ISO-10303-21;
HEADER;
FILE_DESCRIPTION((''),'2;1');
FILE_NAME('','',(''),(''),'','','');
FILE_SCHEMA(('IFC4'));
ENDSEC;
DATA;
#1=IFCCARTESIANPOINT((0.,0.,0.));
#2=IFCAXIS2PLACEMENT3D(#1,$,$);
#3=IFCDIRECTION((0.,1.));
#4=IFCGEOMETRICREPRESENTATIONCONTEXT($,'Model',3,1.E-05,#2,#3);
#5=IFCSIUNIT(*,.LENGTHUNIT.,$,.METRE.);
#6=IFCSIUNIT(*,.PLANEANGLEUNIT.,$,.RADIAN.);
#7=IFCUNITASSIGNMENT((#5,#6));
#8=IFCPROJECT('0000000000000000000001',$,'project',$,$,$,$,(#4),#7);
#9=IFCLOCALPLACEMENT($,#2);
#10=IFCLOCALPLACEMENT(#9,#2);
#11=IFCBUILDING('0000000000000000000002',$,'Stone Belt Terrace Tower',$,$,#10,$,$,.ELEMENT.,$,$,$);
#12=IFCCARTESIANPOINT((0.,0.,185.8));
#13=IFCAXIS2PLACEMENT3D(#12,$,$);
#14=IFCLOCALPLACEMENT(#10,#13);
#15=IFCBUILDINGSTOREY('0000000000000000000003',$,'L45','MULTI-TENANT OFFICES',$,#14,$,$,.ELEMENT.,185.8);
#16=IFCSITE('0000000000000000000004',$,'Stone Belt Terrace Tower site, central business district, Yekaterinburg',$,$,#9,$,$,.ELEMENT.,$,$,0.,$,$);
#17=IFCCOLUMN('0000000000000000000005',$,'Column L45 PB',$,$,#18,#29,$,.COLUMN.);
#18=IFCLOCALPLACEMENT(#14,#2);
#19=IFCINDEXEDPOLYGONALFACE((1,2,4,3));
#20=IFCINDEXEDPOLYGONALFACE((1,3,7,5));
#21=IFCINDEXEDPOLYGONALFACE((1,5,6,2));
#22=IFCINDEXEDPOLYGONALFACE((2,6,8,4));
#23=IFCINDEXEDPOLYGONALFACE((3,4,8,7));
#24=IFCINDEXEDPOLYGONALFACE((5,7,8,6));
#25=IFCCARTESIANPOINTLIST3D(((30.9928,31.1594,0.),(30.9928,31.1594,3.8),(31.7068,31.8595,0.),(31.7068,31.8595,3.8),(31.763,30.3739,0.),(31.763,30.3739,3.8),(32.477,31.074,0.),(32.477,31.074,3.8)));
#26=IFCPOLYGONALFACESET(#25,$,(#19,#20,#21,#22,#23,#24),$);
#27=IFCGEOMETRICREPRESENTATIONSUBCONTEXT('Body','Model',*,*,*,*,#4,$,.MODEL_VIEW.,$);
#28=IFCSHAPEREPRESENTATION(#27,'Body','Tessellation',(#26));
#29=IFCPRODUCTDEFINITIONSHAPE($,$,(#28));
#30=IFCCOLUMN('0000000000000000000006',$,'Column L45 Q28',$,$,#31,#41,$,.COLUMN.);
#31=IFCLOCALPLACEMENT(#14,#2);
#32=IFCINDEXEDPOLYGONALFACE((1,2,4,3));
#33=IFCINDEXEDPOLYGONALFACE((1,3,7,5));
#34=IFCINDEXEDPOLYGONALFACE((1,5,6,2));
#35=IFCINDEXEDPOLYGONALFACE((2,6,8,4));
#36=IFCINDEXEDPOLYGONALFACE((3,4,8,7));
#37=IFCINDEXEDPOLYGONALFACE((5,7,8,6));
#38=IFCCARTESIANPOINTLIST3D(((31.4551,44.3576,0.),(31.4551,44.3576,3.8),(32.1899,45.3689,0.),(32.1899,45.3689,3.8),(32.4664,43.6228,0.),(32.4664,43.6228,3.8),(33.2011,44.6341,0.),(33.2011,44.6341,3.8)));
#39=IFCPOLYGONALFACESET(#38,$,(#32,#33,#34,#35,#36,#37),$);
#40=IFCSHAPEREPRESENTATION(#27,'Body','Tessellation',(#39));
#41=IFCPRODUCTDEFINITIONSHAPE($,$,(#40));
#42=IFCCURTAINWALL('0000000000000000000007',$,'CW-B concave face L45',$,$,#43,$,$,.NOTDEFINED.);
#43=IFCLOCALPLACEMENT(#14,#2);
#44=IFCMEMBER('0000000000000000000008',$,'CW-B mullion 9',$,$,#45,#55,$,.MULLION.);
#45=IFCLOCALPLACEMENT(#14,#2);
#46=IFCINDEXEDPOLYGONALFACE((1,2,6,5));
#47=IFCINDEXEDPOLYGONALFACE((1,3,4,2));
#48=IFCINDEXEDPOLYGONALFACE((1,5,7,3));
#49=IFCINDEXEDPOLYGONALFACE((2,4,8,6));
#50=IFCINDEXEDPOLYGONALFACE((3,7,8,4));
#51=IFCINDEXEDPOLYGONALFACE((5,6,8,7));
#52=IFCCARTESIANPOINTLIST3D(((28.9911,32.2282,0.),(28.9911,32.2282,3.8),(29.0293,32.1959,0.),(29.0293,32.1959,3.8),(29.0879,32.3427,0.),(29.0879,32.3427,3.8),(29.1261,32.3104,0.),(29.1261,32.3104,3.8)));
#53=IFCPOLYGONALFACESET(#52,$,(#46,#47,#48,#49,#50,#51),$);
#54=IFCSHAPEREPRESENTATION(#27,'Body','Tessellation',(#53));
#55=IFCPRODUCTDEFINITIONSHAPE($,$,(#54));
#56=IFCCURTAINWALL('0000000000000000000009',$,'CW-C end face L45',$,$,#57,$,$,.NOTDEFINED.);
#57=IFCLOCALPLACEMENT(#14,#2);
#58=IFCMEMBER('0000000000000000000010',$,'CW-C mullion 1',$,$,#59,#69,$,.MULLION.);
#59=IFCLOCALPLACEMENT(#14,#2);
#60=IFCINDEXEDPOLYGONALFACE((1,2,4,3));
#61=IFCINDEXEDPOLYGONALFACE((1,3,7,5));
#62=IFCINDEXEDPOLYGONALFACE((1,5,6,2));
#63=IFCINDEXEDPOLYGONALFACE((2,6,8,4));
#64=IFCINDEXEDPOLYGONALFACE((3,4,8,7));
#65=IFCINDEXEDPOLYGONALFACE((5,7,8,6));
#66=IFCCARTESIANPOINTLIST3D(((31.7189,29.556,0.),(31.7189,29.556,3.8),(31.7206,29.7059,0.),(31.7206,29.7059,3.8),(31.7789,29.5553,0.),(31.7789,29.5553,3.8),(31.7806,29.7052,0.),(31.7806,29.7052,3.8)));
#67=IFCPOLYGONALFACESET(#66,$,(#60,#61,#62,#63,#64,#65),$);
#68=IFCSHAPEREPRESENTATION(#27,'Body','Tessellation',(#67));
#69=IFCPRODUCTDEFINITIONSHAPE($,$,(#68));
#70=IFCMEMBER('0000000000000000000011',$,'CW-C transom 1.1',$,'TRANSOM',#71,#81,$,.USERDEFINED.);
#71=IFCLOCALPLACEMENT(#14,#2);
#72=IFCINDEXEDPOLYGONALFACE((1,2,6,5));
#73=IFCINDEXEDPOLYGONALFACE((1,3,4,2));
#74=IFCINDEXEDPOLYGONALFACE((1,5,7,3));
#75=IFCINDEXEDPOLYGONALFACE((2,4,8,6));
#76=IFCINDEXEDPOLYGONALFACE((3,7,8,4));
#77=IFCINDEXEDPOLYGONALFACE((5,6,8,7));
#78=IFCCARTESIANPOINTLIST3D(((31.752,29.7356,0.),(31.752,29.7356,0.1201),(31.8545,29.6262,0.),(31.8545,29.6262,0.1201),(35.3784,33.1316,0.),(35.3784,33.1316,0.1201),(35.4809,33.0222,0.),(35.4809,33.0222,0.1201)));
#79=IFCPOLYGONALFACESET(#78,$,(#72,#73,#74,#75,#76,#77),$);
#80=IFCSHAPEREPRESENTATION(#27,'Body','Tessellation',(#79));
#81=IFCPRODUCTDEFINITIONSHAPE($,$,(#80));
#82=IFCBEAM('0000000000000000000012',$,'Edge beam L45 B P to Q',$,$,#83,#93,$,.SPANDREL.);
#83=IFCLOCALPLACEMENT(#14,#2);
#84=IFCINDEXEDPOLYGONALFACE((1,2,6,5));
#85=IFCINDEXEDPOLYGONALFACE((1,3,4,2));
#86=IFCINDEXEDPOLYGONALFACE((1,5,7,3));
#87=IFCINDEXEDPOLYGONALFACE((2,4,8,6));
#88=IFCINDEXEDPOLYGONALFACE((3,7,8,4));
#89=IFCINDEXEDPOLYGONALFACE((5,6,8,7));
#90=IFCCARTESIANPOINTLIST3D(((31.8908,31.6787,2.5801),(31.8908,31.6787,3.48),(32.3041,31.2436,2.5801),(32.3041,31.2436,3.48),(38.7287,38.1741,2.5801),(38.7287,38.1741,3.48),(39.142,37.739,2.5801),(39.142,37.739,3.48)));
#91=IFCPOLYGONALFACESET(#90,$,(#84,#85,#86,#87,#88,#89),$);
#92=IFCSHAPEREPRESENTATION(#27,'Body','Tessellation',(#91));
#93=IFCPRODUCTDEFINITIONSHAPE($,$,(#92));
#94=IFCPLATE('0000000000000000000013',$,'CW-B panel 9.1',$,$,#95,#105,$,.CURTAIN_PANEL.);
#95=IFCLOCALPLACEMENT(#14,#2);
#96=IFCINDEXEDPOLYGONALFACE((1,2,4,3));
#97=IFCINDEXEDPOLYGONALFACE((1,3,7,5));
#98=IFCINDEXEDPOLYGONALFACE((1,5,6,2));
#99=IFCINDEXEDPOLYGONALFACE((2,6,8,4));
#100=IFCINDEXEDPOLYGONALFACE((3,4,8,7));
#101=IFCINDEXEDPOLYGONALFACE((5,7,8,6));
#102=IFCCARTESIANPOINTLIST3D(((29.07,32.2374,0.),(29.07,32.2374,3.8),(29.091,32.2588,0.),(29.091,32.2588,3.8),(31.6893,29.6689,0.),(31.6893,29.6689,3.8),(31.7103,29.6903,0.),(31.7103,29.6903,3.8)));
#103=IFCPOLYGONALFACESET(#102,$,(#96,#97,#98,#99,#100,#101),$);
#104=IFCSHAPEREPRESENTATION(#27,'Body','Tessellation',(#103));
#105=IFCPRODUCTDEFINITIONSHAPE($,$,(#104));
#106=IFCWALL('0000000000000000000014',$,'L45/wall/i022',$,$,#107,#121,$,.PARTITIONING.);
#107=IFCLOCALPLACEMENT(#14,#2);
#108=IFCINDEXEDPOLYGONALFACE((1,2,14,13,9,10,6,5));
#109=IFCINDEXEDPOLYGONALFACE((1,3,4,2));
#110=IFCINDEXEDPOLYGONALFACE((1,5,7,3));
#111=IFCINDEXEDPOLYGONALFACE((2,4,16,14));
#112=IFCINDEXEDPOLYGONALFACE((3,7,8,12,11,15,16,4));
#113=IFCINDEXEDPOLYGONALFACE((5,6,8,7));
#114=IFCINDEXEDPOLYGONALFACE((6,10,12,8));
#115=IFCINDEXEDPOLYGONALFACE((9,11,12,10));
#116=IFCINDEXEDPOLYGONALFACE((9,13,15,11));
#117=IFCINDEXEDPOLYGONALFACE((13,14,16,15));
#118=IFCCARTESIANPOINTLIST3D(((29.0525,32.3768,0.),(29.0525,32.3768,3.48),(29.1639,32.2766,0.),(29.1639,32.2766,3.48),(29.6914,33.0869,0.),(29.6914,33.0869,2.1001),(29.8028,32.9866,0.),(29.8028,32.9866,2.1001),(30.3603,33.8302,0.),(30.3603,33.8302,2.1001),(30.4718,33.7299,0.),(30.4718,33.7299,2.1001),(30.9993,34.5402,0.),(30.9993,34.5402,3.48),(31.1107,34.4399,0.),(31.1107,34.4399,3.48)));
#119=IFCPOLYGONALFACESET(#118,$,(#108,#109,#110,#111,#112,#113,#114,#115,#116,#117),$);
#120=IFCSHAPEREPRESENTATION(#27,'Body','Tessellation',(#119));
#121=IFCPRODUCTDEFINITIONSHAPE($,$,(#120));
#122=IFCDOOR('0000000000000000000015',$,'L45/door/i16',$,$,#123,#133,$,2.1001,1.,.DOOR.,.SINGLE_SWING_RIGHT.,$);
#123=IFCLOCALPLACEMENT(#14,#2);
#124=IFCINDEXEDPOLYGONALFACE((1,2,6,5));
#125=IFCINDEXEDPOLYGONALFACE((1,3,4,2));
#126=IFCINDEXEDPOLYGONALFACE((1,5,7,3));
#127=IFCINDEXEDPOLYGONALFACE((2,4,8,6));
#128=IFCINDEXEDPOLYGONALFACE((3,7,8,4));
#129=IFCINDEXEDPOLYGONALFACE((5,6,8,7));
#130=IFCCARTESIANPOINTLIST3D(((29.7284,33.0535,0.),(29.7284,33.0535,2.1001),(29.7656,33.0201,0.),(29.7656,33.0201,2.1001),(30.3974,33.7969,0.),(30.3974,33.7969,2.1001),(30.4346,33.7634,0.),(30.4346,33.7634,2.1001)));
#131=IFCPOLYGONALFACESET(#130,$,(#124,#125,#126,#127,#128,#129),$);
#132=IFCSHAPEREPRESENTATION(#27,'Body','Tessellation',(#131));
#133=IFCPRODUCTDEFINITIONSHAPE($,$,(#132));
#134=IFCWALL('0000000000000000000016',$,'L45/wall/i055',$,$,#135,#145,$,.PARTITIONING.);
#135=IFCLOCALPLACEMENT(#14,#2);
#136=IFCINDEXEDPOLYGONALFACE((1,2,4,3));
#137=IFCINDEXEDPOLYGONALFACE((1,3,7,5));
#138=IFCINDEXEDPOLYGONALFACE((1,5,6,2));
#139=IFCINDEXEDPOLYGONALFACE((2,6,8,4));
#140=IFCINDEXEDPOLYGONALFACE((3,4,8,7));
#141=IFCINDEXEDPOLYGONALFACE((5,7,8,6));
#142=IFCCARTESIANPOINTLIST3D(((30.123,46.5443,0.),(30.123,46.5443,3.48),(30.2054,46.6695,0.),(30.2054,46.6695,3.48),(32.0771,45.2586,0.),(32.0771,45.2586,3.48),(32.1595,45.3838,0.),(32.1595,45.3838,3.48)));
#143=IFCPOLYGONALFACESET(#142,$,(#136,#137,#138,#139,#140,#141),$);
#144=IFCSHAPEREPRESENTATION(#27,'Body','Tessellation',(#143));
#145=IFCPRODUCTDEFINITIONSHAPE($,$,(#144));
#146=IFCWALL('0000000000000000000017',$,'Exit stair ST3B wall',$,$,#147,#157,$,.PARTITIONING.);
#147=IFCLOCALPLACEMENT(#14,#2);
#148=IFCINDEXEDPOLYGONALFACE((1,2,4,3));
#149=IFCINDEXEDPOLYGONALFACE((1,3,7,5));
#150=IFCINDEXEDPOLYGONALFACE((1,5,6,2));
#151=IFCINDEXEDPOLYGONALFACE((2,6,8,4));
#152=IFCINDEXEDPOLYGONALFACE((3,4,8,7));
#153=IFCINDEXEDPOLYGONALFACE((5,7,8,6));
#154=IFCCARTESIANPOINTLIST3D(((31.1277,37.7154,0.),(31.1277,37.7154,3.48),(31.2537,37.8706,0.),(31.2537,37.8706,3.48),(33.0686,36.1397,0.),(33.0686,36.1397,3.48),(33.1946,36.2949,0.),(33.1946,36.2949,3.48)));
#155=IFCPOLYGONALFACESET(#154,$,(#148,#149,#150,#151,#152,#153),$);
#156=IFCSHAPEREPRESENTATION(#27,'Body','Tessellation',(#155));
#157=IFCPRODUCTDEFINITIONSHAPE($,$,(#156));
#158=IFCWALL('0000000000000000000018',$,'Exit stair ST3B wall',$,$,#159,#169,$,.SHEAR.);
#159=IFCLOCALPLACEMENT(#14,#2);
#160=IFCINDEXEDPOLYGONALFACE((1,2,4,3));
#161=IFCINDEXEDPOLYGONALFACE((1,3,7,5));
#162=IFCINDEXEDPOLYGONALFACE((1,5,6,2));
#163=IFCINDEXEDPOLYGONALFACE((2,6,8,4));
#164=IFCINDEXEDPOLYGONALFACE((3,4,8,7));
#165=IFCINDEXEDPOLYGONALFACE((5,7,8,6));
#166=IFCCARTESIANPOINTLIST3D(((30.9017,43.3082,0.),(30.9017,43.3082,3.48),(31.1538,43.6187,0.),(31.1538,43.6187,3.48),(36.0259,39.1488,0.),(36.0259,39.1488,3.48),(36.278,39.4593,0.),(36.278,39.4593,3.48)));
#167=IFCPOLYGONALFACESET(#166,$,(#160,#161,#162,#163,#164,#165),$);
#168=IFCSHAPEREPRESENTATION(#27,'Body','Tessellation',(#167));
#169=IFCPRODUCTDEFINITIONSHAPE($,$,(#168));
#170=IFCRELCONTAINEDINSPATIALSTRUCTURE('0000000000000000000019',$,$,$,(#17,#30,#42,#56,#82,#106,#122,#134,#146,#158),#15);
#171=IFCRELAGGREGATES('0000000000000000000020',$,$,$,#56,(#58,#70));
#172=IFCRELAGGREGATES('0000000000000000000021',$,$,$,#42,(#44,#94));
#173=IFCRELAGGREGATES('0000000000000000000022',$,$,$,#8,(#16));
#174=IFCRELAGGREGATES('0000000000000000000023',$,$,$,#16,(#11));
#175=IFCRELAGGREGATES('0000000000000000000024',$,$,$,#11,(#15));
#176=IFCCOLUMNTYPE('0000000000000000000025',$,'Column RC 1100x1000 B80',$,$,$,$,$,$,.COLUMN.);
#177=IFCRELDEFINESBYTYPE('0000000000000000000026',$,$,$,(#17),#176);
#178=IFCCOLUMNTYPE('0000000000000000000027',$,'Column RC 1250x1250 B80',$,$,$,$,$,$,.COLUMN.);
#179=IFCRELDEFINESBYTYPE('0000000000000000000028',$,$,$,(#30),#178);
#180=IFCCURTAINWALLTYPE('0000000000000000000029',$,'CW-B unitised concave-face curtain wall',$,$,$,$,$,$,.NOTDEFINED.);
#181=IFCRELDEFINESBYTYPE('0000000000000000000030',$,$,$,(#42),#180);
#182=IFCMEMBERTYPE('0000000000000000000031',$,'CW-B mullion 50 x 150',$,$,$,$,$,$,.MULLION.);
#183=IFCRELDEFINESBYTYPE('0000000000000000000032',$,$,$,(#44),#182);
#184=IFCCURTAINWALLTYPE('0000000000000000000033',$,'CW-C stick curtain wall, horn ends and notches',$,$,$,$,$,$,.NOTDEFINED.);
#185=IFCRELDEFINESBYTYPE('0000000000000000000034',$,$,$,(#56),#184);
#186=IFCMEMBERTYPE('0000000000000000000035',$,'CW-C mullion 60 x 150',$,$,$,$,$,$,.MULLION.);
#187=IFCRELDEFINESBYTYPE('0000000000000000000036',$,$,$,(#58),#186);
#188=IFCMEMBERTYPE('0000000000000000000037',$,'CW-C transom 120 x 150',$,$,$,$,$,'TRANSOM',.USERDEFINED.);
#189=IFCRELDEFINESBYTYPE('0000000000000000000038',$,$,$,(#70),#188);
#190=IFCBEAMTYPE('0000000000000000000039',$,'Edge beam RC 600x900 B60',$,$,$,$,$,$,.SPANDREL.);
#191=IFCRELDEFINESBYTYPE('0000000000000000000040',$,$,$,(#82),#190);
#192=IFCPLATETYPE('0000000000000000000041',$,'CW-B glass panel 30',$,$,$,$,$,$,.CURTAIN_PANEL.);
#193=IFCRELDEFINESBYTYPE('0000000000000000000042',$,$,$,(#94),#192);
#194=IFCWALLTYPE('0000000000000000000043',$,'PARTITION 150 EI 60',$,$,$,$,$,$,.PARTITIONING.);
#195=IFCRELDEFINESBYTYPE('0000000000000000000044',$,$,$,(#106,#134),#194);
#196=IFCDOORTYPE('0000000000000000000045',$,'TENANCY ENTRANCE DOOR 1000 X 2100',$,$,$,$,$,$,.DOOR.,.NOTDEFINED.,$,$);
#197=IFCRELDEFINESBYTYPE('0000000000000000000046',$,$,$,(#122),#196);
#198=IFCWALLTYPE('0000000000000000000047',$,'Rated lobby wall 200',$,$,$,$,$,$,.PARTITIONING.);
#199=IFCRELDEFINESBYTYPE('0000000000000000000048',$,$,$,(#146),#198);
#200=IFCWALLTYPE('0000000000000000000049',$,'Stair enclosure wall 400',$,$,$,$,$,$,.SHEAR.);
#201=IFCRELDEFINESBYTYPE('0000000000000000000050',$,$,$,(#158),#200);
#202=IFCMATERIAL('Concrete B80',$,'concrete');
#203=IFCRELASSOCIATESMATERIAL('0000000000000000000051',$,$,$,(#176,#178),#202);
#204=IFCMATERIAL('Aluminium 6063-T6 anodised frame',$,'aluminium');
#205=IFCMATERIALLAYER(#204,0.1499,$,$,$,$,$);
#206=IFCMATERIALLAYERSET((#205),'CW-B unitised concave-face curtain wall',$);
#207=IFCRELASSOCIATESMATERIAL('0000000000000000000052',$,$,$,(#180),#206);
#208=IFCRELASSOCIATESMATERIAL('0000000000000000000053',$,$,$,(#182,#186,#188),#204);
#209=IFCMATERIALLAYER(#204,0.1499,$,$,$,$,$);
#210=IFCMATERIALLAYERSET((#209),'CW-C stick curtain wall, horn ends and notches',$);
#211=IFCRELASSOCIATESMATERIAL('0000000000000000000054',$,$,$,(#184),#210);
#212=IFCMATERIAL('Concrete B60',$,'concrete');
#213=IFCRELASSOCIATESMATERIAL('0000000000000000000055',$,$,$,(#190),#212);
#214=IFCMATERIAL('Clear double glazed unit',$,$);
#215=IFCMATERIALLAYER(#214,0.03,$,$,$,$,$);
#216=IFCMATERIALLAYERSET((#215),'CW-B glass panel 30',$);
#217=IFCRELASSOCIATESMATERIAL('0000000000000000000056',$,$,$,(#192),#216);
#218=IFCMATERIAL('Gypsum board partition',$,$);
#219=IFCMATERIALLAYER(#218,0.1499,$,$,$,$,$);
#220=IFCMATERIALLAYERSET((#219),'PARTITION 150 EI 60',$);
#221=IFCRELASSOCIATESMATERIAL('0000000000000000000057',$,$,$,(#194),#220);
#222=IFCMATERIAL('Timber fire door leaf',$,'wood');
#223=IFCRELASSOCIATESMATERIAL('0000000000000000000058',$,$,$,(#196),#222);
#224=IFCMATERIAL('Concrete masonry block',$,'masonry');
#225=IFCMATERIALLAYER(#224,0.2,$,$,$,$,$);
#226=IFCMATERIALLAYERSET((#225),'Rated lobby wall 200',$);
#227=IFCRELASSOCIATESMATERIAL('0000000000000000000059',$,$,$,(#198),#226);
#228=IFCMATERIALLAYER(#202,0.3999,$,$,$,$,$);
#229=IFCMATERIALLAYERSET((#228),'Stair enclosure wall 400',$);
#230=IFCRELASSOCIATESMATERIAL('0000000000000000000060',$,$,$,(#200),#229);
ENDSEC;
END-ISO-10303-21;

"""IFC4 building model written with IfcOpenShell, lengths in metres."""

from ifc_helpers import new_model, si_unit, direction, frame, frame_2d, origin, origin_2d, place, context, subcontext, project, spatial, rectangle, extrude, material, layer, layer_set, material_profile, profile_set, type_object, element, fill, aggregate, save


model = new_model("IFC4")

# Units and contexts
model_context = context("Model", 3, precision=1e-05, world=origin(), true_north=direction((0.0, 1.0)))
body_context = subcontext(model_context, "Body", "Model", "MODEL_VIEW")
ifc_project = project(units=[si_unit("LENGTHUNIT", "METRE"), si_unit("PLANEANGLEUNIT", "RADIAN")], contexts=[model_context])

# Site, building, storey
site_placement = place(None, origin())
site = spatial("IfcSite", under=ifc_project, at=site_placement, Name="Stone Belt Terrace Tower site, central business district, Yekaterinburg", CompositionType="ELEMENT", RefElevation=0.0)
building_placement = place(site_placement, origin())
building = spatial("IfcBuilding", under=site, at=building_placement, Name="Stone Belt Terrace Tower", CompositionType="ELEMENT")
storey_placement = place(building_placement, frame((0.0, 0.0, 185.8)))
storey = spatial("IfcBuildingStorey", under=building, at=storey_placement, Name="L45", Description="MULTI-TENANT OFFICES", CompositionType="ELEMENT", Elevation=185.8)

# Columns
ifc_material_1 = material(Name="Concrete B80", Category="concrete")
ifc_material_profile_1 = material_profile(ifc_material_1, rectangle(XDim=1.1001, YDim=1.0, at=origin_2d()), Name="RC 1100x1000")
ifc_profile_set_1 = profile_set([ifc_material_profile_1], Name="Concrete B80")
column_type_1 = type_object("IfcColumnType", Name="Column RC 1100x1000 B80", PredefinedType="COLUMN", material=ifc_profile_set_1)
column_1_placement = place(storey_placement, frame((31.7349, 31.1167, 0.0), z_axis=(0.0, 0.0, 1.0), x_axis=(0.70012, -0.714026, 0.0)))
element("IfcColumn", 1, at=column_1_placement, inside=storey, type_object=column_type_1, Name="Column L45 PB", PredefinedType="COLUMN", context=body_context, shape_type="SweptSolid", body=[
    extrude(rectangle(XDim=1.1001, YDim=1.0, at=origin_2d()), origin(), (0.0, 0.0, 1.0), 3.8),
])
ifc_material_profile_2 = material_profile(ifc_material_1, rectangle(XDim=1.25, YDim=1.25, at=origin_2d()), Name="RC 1250x1250")
ifc_profile_set_2 = profile_set([ifc_material_profile_2], Name="Concrete B80")
column_type_2 = type_object("IfcColumnType", Name="Column RC 1250x1250 B80", PredefinedType="COLUMN", material=ifc_profile_set_2)
column_2_placement = place(storey_placement, frame((32.3281, 44.4958, 0.0), z_axis=(0.0, 0.0, 1.0), x_axis=(0.809017, -0.587785, 0.0)))
element("IfcColumn", 2, at=column_2_placement, inside=storey, type_object=column_type_2, Name="Column L45 Q28", PredefinedType="COLUMN", context=body_context, shape_type="SweptSolid", body=[
    extrude(rectangle(XDim=1.25, YDim=1.25, at=origin_2d()), origin(), (0.0, 0.0, 1.0), 3.8),
])

# Curtain wall, member
ifc_material_2 = material(Name="Aluminium 6063-T6 anodised frame", Category="aluminium")
ifc_layer_1 = layer(ifc_material_2, 0.1499)
ifc_layer_set_1 = layer_set([ifc_layer_1], Name="CW-B unitised concave-face curtain wall")
curtain_wall_type_1 = type_object("IfcCurtainWallType", Name="CW-B unitised concave-face curtain wall", PredefinedType="NOTDEFINED", material=ifc_layer_set_1)
curtain_wall_1_placement = place(storey_placement, origin())
curtain_wall_1 = element("IfcCurtainWall", 3, at=curtain_wall_1_placement, inside=storey, type_object=curtain_wall_type_1, Name="CW-B concave face L45", PredefinedType="NOTDEFINED")
ifc_material_profile_3 = material_profile(ifc_material_2, rectangle(XDim=0.1499, YDim=0.05, at=origin_2d()), Name="Aluminium 6063-T6 50x150")
ifc_profile_set_3 = profile_set([ifc_material_profile_3], Name="Aluminium 6063-T6 anodised frame")
member_type_1 = type_object("IfcMemberType", Name="CW-B mullion 50 x 150", PredefinedType="MULLION", material=ifc_profile_set_3)
member_1_placement = place(storey_placement, frame((29.0586, 32.2693, 0.0), z_axis=(0.0, 0.0, 1.0), x_axis=(0.645719, 0.763575, 0.0)))
member_1 = element("IfcMember", 4, at=member_1_placement, type_object=member_type_1, Name="CW-B mullion 9", PredefinedType="MULLION", context=body_context, shape_type="SweptSolid", body=[
    extrude(rectangle(XDim=0.1499, YDim=0.05, at=origin_2d()), origin(), (0.0, 0.0, 1.0), 3.8),
])

# Curtain wall, members
ifc_layer_2 = layer(ifc_material_2, 0.1499)
ifc_layer_set_2 = layer_set([ifc_layer_2], Name="CW-C stick curtain wall, horn ends and notches")
curtain_wall_type_2 = type_object("IfcCurtainWallType", Name="CW-C stick curtain wall, horn ends and notches", PredefinedType="NOTDEFINED", material=ifc_layer_set_2)
curtain_wall_2_placement = place(storey_placement, origin())
curtain_wall_2 = element("IfcCurtainWall", 5, at=curtain_wall_2_placement, inside=storey, type_object=curtain_wall_type_2, Name="CW-C end face L45", PredefinedType="NOTDEFINED")
ifc_material_profile_4 = material_profile(ifc_material_2, rectangle(XDim=0.1499, YDim=0.0601, at=origin_2d()), Name="Aluminium 6063-T6 60x150")
ifc_profile_set_4 = profile_set([ifc_material_profile_4], Name="Aluminium 6063-T6 anodised frame")
member_type_2 = type_object("IfcMemberType", Name="CW-C mullion 60 x 150", PredefinedType="MULLION", material=ifc_profile_set_4)
member_2_placement = place(storey_placement, frame((31.7498, 29.6306, 0.0), z_axis=(0.0, 0.0, 1.0), x_axis=(0.011498, 0.999934, 0.0)))
member_2 = element("IfcMember", 6, at=member_2_placement, type_object=member_type_2, Name="CW-C mullion 1", PredefinedType="MULLION", context=body_context, shape_type="SweptSolid", body=[
    extrude(rectangle(XDim=0.1499, YDim=0.0601, at=origin_2d()), origin(), (0.0, 0.0, 1.0), 3.8),
])
ifc_material_profile_5 = material_profile(ifc_material_2, rectangle(XDim=0.1499, YDim=0.1201, at=origin_2d()), Name="Aluminium 6063-T6 150x120")
ifc_profile_set_5 = profile_set([ifc_material_profile_5], Name="Aluminium 6063-T6 anodised frame")
member_type_3 = type_object("IfcMemberType", Name="CW-C transom 120 x 150", ElementType="TRANSOM", PredefinedType="USERDEFINED", material=ifc_profile_set_5)
member_3_placement = place(storey_placement, frame((31.8032, 29.6809, 0.0601), z_axis=(0.72992, 0.683532, 0.0), x_axis=(-0.683532, 0.72992, 0.0)))
member_3 = element("IfcMember", 7, at=member_3_placement, type_object=member_type_3, Name="CW-C transom 1.1", ObjectType="TRANSOM", PredefinedType="USERDEFINED", context=body_context, shape_type="SweptSolid", body=[
    extrude(rectangle(XDim=0.1499, YDim=0.1201, at=origin_2d()), origin(), (0.0, 0.0, 1.0), 4.9683),
])
aggregate(curtain_wall_2, [member_2, member_3])

# Beam
ifc_material_3 = material(Name="Concrete B60", Category="concrete")
ifc_material_profile_6 = material_profile(ifc_material_3, rectangle(XDim=0.6001, YDim=0.8999, at=origin_2d()), Name="RC 600x900")
ifc_profile_set_6 = profile_set([ifc_material_profile_6], Name="Concrete B60")
beam_type = type_object("IfcBeamType", Name="Edge beam RC 600x900 B60", PredefinedType="SPANDREL", material=ifc_profile_set_6)
beam_placement = place(storey_placement, frame((32.0974, 31.4612, 3.03), z_axis=(0.725033, 0.688714, 0.0), x_axis=(-0.688714, 0.725033, 0.0)))
element("IfcBeam", 8, at=beam_placement, inside=storey, type_object=beam_type, Name="Edge beam L45 B P to Q", PredefinedType="SPANDREL", context=body_context, shape_type="SweptSolid", body=[
    extrude(rectangle(XDim=0.6001, YDim=0.8999, at=origin_2d()), origin(), (0.0, 0.0, 1.0), 9.4312),
])

# Plate
ifc_material_4 = material(Name="Clear double glazed unit")
ifc_layer_3 = layer(ifc_material_4, 0.03)
ifc_layer_set_3 = layer_set([ifc_layer_3], Name="CW-B glass panel 30")
plate_type = type_object("IfcPlateType", Name="CW-B glass panel 30", PredefinedType="CURTAIN_PANEL", material=ifc_layer_set_3)
plate_placement = place(storey_placement, frame((30.3901, 30.9639, 0.0), z_axis=(0.0, 0.0, 1.0), x_axis=(0.713994, -0.700152, 0.0)))
plate = element("IfcPlate", 9, at=plate_placement, type_object=plate_type, Name="CW-B panel 9.1", PredefinedType="CURTAIN_PANEL", context=body_context, shape_type="SweptSolid", body=[
    extrude(rectangle(XDim=3.6685, YDim=0.03, at=origin_2d()), origin(), (0.0, 0.0, 1.0), 3.8),
])
aggregate(curtain_wall_1, [member_1, plate])

# Wall, opening, door
ifc_material_5 = material(Name="Gypsum board partition")
ifc_layer_4 = layer(ifc_material_5, 0.1499)
ifc_layer_set_4 = layer_set([ifc_layer_4], Name="PARTITION 150 EI 60")
wall_type_1 = type_object("IfcWallType", Name="PARTITION 150 EI 60", PredefinedType="PARTITIONING", material=ifc_layer_set_4)
wall_1_placement = place(storey_placement, frame((31.0549, 34.49, 0.0), z_axis=(0.0, 0.0, 1.0), x_axis=(-0.668923, -0.743332, 0.0)))
wall_1 = element("IfcWall", 10, at=wall_1_placement, inside=storey, type_object=wall_type_1, Name="L45/wall/i022", PredefinedType="PARTITIONING", context=body_context, shape_type="SweptSolid", body=[
    extrude(rectangle(XDim=2.9104, YDim=0.1499, at=frame_2d((1.4551, 0.0))), origin(), (0.0, 0.0, 1.0), 3.48),
])
opening_1_placement = place(wall_1_placement, frame((0.9551, 0.0, 0.0)))
opening_1 = element("IfcOpeningElement", 11, at=opening_1_placement, cuts=wall_1, PredefinedType="OPENING", context=body_context, shape_type="SweptSolid", body=[
    extrude(rectangle(XDim=1.0, YDim=2.1001, at=frame_2d((0.5, 1.05))), frame((0.0, 0.085, 0.0), z_axis=(0.0, -1.0, 0.0), x_axis=(1.0, 0.0, 0.0)), (0.0, 0.0, 1.0), 0.1699),
])
ifc_material_6 = material(Name="Timber fire door leaf", Category="wood")
door_type_1 = type_object("IfcDoorType", Name="TENANCY ENTRANCE DOOR 1000 X 2100", OperationType="NOTDEFINED", PredefinedType="DOOR", material=ifc_material_6)
door_1_placement = place(opening_1_placement, origin())
door_1 = element("IfcDoor", 12, at=door_1_placement, inside=storey, type_object=door_type_1, Name="L45/door/i16", OperationType="SINGLE_SWING_RIGHT", OverallHeight=2.1001, OverallWidth=1.0, PredefinedType="DOOR", context=body_context, shape_type="SweptSolid", body=[
    extrude(rectangle(XDim=1.0, YDim=2.1001, at=frame_2d((0.5, 1.05))), frame((0.0, 0.0249, 0.0), z_axis=(0.0, -1.0, 0.0), x_axis=(1.0, 0.0, 0.0)), (0.0, 0.0, 1.0), 0.05),
])
fill(opening_1, door_1)

# Walls
wall_2_placement = place(storey_placement, frame((32.1182, 45.3213, 0.0), z_axis=(0.0, 0.0, 1.0), x_axis=(-0.835407, 0.549632, 0.0)))
element("IfcWall", 13, at=wall_2_placement, inside=storey, type_object=wall_type_1, Name="L45/wall/i055", PredefinedType="PARTITIONING", context=body_context, shape_type="SweptSolid", body=[
    extrude(rectangle(XDim=2.3391, YDim=0.1499, at=frame_2d((1.1694, 0.0))), origin(), (0.0, 0.0, 1.0), 3.48),
])
ifc_material_7 = material(Name="Concrete masonry block", Category="masonry")
ifc_layer_5 = layer(ifc_material_7, 0.2)
ifc_layer_set_5 = layer_set([ifc_layer_5], Name="Rated lobby wall 200")
wall_type_2 = type_object("IfcWallType", Name="Rated lobby wall 200", PredefinedType="PARTITIONING", material=ifc_layer_set_5)
wall_3_placement = place(storey_placement, frame((31.1907, 37.793, 0.0), z_axis=(0.0, 0.0, 1.0), x_axis=(0.776371, -0.630276, 0.0)))
element("IfcWall", 14, at=wall_3_placement, inside=storey, type_object=wall_type_2, Name="Exit stair ST3B wall", PredefinedType="PARTITIONING", context=body_context, shape_type="SweptSolid", body=[
    extrude(rectangle(XDim=2.5, YDim=0.2, at=frame_2d((1.25, 0.0))), origin(), (0.0, 0.0, 1.0), 3.48),
])
ifc_layer_6 = layer(ifc_material_1, 0.3999)
ifc_layer_set_6 = layer_set([ifc_layer_6], Name="Stair enclosure wall 400")
wall_type_3 = type_object("IfcWallType", Name="Stair enclosure wall 400", PredefinedType="SHEAR", material=ifc_layer_set_6)
wall_4_placement = place(storey_placement, frame((31.0278, 43.4634, 0.0), z_axis=(0.0, 0.0, 1.0), x_axis=(0.776414, -0.630224, 0.0)))
element("IfcWall", 15, at=wall_4_placement, inside=storey, type_object=wall_type_3, Name="Exit stair ST3B wall", PredefinedType="SHEAR", context=body_context, shape_type="SweptSolid", body=[
    extrude(rectangle(XDim=6.5999, YDim=0.3999, at=frame_2d((3.2998, 0.0))), origin(), (0.0, 0.0, 1.0), 3.48),
])

save(model, "model.ifc")
